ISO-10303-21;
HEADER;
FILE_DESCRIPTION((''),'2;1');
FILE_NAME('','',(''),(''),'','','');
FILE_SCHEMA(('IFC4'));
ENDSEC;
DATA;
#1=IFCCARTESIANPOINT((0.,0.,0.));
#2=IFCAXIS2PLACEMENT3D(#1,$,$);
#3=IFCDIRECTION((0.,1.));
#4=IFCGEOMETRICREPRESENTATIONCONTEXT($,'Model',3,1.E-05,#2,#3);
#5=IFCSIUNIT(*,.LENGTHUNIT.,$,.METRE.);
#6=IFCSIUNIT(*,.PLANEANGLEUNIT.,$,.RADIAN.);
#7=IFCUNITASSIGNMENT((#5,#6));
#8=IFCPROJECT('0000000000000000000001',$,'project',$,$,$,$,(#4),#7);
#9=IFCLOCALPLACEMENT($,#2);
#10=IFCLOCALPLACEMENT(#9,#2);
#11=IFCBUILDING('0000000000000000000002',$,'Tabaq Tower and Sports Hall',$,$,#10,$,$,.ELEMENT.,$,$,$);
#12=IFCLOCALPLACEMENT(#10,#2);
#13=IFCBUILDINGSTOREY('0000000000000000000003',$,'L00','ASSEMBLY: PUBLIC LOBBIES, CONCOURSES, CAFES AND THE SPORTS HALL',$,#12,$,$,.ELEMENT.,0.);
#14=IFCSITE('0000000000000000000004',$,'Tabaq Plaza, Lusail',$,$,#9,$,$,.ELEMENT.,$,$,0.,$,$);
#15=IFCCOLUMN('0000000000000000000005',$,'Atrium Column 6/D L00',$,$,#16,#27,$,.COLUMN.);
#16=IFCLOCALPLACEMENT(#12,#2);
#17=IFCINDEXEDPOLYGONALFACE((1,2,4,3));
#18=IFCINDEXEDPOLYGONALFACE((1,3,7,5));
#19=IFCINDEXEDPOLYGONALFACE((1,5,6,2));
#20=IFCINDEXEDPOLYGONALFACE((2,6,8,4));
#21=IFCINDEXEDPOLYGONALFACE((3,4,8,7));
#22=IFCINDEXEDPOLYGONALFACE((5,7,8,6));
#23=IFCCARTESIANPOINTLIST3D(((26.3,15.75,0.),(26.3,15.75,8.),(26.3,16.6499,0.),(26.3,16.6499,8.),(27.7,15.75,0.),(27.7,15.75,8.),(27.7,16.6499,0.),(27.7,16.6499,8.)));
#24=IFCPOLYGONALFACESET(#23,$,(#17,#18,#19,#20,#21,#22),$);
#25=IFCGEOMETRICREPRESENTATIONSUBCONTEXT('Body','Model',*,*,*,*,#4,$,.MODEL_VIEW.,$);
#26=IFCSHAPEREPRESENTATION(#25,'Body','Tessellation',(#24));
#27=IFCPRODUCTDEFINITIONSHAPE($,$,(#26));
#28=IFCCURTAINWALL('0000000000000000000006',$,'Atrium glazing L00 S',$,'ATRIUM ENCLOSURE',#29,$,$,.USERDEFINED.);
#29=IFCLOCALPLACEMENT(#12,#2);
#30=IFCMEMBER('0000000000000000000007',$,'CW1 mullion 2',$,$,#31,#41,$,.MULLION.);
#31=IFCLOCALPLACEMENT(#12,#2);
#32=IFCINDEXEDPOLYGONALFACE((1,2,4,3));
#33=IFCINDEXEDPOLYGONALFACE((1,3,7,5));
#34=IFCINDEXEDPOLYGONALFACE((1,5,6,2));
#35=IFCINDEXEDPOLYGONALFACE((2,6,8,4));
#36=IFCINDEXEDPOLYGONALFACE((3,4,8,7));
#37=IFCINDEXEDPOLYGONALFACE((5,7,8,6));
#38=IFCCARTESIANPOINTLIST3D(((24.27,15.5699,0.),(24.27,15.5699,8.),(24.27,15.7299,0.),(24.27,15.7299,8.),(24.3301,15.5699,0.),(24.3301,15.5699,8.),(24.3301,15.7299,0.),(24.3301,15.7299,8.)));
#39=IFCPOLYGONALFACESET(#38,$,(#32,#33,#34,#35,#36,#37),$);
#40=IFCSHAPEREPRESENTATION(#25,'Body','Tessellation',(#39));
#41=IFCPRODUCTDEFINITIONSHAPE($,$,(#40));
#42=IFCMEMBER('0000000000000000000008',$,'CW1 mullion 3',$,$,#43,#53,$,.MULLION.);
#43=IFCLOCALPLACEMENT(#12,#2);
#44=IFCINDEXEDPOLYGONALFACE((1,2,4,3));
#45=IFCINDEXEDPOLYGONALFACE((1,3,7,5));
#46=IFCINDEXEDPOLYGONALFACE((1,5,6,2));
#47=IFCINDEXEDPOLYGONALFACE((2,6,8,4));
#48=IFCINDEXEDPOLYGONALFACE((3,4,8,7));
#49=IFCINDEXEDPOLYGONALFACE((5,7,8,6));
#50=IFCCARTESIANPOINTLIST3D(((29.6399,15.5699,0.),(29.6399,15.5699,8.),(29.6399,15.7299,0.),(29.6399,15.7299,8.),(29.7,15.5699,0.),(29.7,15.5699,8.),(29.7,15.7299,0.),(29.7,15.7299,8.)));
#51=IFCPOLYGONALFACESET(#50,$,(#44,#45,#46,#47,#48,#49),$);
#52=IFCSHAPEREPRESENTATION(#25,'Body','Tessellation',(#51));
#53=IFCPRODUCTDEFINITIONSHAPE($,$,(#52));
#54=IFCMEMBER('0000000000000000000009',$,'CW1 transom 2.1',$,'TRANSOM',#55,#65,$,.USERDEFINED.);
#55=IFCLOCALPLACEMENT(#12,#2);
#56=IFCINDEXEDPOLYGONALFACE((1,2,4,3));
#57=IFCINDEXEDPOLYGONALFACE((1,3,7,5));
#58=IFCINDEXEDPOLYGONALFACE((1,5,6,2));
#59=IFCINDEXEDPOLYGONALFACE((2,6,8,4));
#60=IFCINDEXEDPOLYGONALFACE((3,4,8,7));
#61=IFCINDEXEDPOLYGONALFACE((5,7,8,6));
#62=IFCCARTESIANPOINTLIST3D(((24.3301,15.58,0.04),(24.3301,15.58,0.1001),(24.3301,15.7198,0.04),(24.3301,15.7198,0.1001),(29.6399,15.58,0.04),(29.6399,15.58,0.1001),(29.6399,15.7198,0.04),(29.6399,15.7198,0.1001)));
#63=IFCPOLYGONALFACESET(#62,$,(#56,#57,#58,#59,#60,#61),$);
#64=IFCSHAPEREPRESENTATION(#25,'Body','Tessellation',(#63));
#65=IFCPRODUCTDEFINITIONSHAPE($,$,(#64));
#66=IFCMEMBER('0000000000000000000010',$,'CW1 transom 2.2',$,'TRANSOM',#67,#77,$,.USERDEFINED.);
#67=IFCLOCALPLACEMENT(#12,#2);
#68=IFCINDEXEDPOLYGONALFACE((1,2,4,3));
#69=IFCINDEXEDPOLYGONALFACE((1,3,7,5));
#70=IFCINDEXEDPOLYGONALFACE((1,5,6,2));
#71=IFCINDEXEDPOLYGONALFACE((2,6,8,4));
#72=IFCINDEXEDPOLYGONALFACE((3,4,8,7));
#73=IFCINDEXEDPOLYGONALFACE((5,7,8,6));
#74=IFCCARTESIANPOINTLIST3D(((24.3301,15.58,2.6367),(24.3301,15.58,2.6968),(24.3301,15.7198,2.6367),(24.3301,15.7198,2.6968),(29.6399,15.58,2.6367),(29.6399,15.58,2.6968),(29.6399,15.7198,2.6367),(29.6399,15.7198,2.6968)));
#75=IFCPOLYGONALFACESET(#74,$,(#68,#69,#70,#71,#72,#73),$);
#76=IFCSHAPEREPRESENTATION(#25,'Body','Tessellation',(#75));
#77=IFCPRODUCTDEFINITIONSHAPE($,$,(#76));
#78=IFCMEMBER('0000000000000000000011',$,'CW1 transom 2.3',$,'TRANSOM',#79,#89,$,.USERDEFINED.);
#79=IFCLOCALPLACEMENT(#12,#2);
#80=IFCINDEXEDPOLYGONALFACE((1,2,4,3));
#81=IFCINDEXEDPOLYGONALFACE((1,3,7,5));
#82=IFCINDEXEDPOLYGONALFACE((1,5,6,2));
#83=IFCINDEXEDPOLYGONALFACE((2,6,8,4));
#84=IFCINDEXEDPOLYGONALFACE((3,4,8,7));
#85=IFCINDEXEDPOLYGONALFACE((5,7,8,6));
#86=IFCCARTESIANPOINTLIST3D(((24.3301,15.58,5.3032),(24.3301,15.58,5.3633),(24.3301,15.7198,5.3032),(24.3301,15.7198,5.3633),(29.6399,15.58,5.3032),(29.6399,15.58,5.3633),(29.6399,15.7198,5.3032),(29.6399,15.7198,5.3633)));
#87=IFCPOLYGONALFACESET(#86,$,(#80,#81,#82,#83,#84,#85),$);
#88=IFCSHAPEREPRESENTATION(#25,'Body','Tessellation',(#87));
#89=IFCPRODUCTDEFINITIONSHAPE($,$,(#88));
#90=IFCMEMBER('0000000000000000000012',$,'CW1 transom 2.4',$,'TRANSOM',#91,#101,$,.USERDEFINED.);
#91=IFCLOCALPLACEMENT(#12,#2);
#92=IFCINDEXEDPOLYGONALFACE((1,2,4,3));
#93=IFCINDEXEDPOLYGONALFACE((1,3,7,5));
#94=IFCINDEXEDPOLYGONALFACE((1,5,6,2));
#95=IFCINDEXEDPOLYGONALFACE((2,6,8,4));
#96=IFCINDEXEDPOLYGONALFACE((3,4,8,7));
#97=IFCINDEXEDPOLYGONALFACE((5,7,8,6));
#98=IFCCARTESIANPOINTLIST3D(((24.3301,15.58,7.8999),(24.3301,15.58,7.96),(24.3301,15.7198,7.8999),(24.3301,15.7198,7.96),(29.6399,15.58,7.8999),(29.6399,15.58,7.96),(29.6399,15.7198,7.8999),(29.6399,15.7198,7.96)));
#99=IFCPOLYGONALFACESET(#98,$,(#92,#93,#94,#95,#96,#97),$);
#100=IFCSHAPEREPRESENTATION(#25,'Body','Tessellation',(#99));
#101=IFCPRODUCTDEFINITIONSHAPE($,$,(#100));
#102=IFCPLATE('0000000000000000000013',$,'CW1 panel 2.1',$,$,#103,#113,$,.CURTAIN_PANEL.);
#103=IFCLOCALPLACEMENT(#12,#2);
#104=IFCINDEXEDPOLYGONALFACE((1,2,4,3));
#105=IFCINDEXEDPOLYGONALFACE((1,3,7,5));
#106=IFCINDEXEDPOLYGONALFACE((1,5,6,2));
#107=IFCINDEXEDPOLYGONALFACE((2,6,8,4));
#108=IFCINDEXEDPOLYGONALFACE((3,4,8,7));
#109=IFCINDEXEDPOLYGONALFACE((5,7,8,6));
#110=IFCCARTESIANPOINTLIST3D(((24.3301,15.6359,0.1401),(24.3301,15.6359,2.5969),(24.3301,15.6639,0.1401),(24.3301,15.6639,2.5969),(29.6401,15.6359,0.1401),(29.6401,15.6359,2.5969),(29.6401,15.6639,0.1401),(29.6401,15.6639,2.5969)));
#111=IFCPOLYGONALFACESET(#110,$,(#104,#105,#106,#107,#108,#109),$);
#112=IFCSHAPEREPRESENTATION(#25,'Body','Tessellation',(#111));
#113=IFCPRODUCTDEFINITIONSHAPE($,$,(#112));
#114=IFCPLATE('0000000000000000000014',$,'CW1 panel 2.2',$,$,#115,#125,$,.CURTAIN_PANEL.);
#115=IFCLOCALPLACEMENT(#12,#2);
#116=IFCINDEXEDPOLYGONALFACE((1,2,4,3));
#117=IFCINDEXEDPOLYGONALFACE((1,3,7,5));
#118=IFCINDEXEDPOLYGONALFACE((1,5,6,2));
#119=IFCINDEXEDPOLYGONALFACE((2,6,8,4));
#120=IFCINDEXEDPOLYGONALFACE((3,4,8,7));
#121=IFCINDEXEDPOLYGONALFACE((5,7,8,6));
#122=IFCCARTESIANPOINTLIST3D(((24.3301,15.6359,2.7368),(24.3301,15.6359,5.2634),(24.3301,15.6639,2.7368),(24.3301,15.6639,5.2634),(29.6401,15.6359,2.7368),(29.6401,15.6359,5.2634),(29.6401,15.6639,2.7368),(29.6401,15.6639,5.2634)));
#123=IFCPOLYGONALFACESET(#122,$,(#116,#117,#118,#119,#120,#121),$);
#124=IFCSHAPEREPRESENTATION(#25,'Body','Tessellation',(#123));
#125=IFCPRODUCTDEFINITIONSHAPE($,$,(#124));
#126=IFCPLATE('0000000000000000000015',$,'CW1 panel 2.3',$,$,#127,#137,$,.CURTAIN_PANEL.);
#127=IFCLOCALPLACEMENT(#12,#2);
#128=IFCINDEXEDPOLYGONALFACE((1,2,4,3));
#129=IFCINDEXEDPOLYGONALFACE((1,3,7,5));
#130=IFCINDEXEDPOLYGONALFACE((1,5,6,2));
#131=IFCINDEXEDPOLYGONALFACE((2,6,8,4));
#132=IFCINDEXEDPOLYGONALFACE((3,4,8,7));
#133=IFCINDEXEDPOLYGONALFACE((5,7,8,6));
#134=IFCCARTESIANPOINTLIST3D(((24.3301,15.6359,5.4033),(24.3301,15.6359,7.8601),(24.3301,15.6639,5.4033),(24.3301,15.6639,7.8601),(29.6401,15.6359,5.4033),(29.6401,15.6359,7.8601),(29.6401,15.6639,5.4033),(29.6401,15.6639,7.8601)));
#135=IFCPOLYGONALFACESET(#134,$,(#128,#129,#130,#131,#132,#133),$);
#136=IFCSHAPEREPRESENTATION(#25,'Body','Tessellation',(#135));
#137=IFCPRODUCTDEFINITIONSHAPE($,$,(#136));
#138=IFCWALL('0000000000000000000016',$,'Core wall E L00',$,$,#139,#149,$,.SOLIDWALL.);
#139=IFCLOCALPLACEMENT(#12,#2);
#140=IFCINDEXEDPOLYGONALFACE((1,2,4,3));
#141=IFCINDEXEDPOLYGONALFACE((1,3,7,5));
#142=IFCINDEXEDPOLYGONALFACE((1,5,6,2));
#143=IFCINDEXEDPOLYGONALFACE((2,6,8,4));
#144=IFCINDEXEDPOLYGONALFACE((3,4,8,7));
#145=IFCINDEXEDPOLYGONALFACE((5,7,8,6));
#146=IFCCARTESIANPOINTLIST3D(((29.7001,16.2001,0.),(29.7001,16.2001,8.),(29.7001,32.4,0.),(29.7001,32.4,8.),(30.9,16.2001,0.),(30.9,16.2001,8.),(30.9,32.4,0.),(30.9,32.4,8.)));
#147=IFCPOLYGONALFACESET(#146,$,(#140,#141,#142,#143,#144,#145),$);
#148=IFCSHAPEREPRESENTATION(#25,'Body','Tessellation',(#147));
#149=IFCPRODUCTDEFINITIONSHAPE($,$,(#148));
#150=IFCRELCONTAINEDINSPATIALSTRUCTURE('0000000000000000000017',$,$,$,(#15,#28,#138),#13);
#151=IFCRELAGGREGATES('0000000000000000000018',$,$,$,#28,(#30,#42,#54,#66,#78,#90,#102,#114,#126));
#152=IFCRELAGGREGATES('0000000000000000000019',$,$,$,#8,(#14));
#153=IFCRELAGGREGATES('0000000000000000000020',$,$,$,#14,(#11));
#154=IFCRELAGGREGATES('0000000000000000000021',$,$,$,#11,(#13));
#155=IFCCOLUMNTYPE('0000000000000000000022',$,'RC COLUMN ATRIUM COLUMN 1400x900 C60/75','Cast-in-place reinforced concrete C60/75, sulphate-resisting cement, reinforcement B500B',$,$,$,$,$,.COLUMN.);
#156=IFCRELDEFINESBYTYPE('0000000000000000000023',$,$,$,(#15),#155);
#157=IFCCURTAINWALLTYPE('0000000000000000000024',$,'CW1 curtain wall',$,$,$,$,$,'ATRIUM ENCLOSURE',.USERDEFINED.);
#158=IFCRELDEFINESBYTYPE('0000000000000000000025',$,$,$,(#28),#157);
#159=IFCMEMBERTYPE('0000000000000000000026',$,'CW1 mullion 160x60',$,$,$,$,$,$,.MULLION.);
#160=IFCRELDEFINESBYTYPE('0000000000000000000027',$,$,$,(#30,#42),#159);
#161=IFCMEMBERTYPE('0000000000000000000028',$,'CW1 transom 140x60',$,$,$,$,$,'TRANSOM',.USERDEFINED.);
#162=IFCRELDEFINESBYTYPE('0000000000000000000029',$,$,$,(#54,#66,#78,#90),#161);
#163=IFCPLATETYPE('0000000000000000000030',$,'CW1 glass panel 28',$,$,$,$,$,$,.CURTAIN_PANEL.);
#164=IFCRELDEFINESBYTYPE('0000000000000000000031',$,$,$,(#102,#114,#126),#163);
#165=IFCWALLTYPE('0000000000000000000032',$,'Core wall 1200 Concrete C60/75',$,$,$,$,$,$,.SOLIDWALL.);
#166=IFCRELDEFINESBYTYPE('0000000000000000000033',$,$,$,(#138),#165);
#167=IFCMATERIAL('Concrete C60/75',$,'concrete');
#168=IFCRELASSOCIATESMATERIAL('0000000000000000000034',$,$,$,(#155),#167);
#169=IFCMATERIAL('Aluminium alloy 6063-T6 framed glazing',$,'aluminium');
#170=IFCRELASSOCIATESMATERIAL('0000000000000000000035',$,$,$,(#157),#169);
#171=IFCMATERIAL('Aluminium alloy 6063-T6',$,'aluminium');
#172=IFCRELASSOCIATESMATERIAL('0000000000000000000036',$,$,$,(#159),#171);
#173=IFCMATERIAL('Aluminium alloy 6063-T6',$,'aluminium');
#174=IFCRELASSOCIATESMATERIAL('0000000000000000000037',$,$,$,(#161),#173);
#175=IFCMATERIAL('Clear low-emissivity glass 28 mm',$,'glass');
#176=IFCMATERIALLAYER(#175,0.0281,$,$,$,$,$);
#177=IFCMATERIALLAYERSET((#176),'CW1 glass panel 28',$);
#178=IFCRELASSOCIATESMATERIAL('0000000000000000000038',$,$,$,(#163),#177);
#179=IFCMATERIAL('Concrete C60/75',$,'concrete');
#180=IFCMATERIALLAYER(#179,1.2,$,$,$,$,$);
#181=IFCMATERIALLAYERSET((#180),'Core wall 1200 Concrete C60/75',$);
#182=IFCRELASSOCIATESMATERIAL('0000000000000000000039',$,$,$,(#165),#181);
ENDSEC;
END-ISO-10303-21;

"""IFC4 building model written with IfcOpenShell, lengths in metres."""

from ifc_helpers import new_model, si_unit, direction, frame, frame_2d, origin, origin_2d, place, context, subcontext, project, spatial, rectangle, extrude, material, layer, layer_set, material_profile, profile_set, type_object, element, aggregate, save


model = new_model("IFC4")

# Units and contexts
model_context = context("Model", 3, precision=1e-05, world=origin(), true_north=direction((0.0, 1.0)))
body_context = subcontext(model_context, "Body", "Model", "MODEL_VIEW")
ifc_project = project(units=[si_unit("LENGTHUNIT", "METRE"), si_unit("PLANEANGLEUNIT", "RADIAN")], contexts=[model_context])

# Site, building, storey
site_placement = place(None, origin())
site = spatial("IfcSite", under=ifc_project, at=site_placement, Name="Tabaq Plaza, Lusail", CompositionType="ELEMENT", RefElevation=0.0)
building_placement = place(site_placement, origin())
building = spatial("IfcBuilding", under=site, at=building_placement, Name="Tabaq Tower and Sports Hall", CompositionType="ELEMENT")
storey_placement = place(building_placement, origin())
storey = spatial("IfcBuildingStorey", under=building, at=storey_placement, Name="L00", Description="ASSEMBLY: PUBLIC LOBBIES, CONCOURSES, CAFES AND THE SPORTS HALL", CompositionType="ELEMENT", Elevation=0.0)

# Column
ifc_material_1 = material(Name="Concrete C60/75", Category="concrete")
ifc_material_profile_1 = material_profile(ifc_material_1, rectangle(XDim=1.3999, YDim=0.8999, at=origin_2d()), Name="ATRIUM COLUMN 1400x900")
ifc_profile_set_1 = profile_set([ifc_material_profile_1], Name="Concrete C60/75")
column_type = type_object("IfcColumnType", Name="RC COLUMN ATRIUM COLUMN 1400x900 C60/75", Description="Cast-in-place reinforced concrete C60/75, sulphate-resisting cement, reinforcement B500B", PredefinedType="COLUMN", material=ifc_profile_set_1)
column_placement = place(storey_placement, frame((27.0, 16.2, 0.0), z_axis=(0.0, 0.0, 1.0), x_axis=(1.0, 0.0, 0.0)))
element("IfcColumn", 1, at=column_placement, inside=storey, type_object=column_type, Name="Atrium Column 6/D L00", PredefinedType="COLUMN", context=body_context, shape_type="SweptSolid", body=[
    extrude(rectangle(XDim=1.3999, YDim=0.8999, at=origin_2d()), origin(), (0.0, 0.0, 1.0), 8.0),
])

# Curtain wall, members, plates
ifc_material_2 = material(Name="Aluminium alloy 6063-T6 framed glazing", Category="aluminium")
curtain_wall_type = type_object("IfcCurtainWallType", Name="CW1 curtain wall", ElementType="ATRIUM ENCLOSURE", PredefinedType="USERDEFINED", material=ifc_material_2)
curtain_wall_placement = place(storey_placement, origin())
curtain_wall = element("IfcCurtainWall", 2, at=curtain_wall_placement, inside=storey, type_object=curtain_wall_type, Name="Atrium glazing L00 S", ObjectType="ATRIUM ENCLOSURE", PredefinedType="USERDEFINED")
ifc_material_3 = material(Name="Aluminium alloy 6063-T6", Category="aluminium")
ifc_material_profile_2 = material_profile(ifc_material_3, rectangle(XDim=0.1599, YDim=0.0601, at=origin_2d()), Name="MULLION 160x60")
ifc_profile_set_2 = profile_set([ifc_material_profile_2], Name="Aluminium alloy 6063-T6")
member_type_1 = type_object("IfcMemberType", Name="CW1 mullion 160x60", PredefinedType="MULLION", material=ifc_profile_set_2)
member_1_placement = place(storey_placement, frame((24.3, 15.6499, 0.0), z_axis=(0.0, 0.0, 1.0), x_axis=(0.0, 1.0, 0.0)))
member_1 = element("IfcMember", 3, at=member_1_placement, type_object=member_type_1, Name="CW1 mullion 2", PredefinedType="MULLION", context=body_context, shape_type="SweptSolid", body=[
    extrude(rectangle(XDim=0.1599, YDim=0.0601, at=origin_2d()), origin(), (0.0, 0.0, 1.0), 8.0),
])
member_2_placement = place(storey_placement, frame((29.6699, 15.6499, 0.0), z_axis=(0.0, 0.0, 1.0), x_axis=(0.0, 1.0, 0.0)))
member_2 = element("IfcMember", 4, at=member_2_placement, type_object=member_type_1, Name="CW1 mullion 3", PredefinedType="MULLION", context=body_context, shape_type="SweptSolid", body=[
    extrude(rectangle(XDim=0.1599, YDim=0.0601, at=origin_2d()), origin(), (0.0, 0.0, 1.0), 8.0),
])
ifc_material_4 = material(Name="Aluminium alloy 6063-T6", Category="aluminium")
ifc_material_profile_3 = material_profile(ifc_material_4, rectangle(XDim=0.1399, YDim=0.0601, at=origin_2d()), Name="TRANSOM 140x60")
ifc_profile_set_3 = profile_set([ifc_material_profile_3], Name="Aluminium alloy 6063-T6")
member_type_2 = type_object("IfcMemberType", Name="CW1 transom 140x60", ElementType="TRANSOM", PredefinedType="USERDEFINED", material=ifc_profile_set_3)
member_3_placement = place(storey_placement, frame((24.3301, 15.6499, 0.0701), z_axis=(1.0, 0.0, 0.0), x_axis=(0.0, 1.0, 0.0)))
member_3 = element("IfcMember", 5, at=member_3_placement, type_object=member_type_2, Name="CW1 transom 2.1", ObjectType="TRANSOM", PredefinedType="USERDEFINED", context=body_context, shape_type="SweptSolid", body=[
    extrude(rectangle(XDim=0.1399, YDim=0.0601, at=origin_2d()), origin(), (0.0, 0.0, 1.0), 5.3098),
])
member_4_placement = place(storey_placement, frame((24.3301, 15.6499, 2.6667), z_axis=(1.0, 0.0, 0.0), x_axis=(0.0, 1.0, 0.0)))
member_4 = element("IfcMember", 6, at=member_4_placement, type_object=member_type_2, Name="CW1 transom 2.2", ObjectType="TRANSOM", PredefinedType="USERDEFINED", context=body_context, shape_type="SweptSolid", body=[
    extrude(rectangle(XDim=0.1399, YDim=0.0601, at=origin_2d()), origin(), (0.0, 0.0, 1.0), 5.3098),
])
member_5_placement = place(storey_placement, frame((24.3301, 15.6499, 5.3333), z_axis=(1.0, 0.0, 0.0), x_axis=(0.0, 1.0, 0.0)))
member_5 = element("IfcMember", 7, at=member_5_placement, type_object=member_type_2, Name="CW1 transom 2.3", ObjectType="TRANSOM", PredefinedType="USERDEFINED", context=body_context, shape_type="SweptSolid", body=[
    extrude(rectangle(XDim=0.1399, YDim=0.0601, at=origin_2d()), origin(), (0.0, 0.0, 1.0), 5.3098),
])
member_6_placement = place(storey_placement, frame((24.3301, 15.6499, 7.9299), z_axis=(1.0, 0.0, 0.0), x_axis=(0.0, 1.0, 0.0)))
member_6 = element("IfcMember", 8, at=member_6_placement, type_object=member_type_2, Name="CW1 transom 2.4", ObjectType="TRANSOM", PredefinedType="USERDEFINED", context=body_context, shape_type="SweptSolid", body=[
    extrude(rectangle(XDim=0.1399, YDim=0.0601, at=origin_2d()), origin(), (0.0, 0.0, 1.0), 5.3098),
])
ifc_material_5 = material(Name="Clear low-emissivity glass 28 mm", Category="glass")
ifc_layer_1 = layer(ifc_material_5, 0.0281)
ifc_layer_set_1 = layer_set([ifc_layer_1], Name="CW1 glass panel 28")
plate_type = type_object("IfcPlateType", Name="CW1 glass panel 28", PredefinedType="CURTAIN_PANEL", material=ifc_layer_set_1)
plate_1_placement = place(storey_placement, frame((26.9851, 15.6499, 0.1401), z_axis=(0.0, 0.0, 1.0), x_axis=(1.0, 0.0, 0.0)))
plate_1 = element("IfcPlate", 9, at=plate_1_placement, type_object=plate_type, Name="CW1 panel 2.1", PredefinedType="CURTAIN_PANEL", context=body_context, shape_type="SweptSolid", body=[
    extrude(rectangle(XDim=5.3101, YDim=0.0281, at=origin_2d()), origin(), (0.0, 0.0, 1.0), 2.4568),
])
plate_2_placement = place(storey_placement, frame((26.9851, 15.6499, 2.7368), z_axis=(0.0, 0.0, 1.0), x_axis=(1.0, 0.0, 0.0)))
plate_2 = element("IfcPlate", 10, at=plate_2_placement, type_object=plate_type, Name="CW1 panel 2.2", PredefinedType="CURTAIN_PANEL", context=body_context, shape_type="SweptSolid", body=[
    extrude(rectangle(XDim=5.3101, YDim=0.0281, at=origin_2d()), origin(), (0.0, 0.0, 1.0), 2.5266),
])
plate_3_placement = place(storey_placement, frame((26.9851, 15.6499, 5.4033), z_axis=(0.0, 0.0, 1.0), x_axis=(1.0, 0.0, 0.0)))
plate_3 = element("IfcPlate", 11, at=plate_3_placement, type_object=plate_type, Name="CW1 panel 2.3", PredefinedType="CURTAIN_PANEL", context=body_context, shape_type="SweptSolid", body=[
    extrude(rectangle(XDim=5.3101, YDim=0.0281, at=origin_2d()), origin(), (0.0, 0.0, 1.0), 2.4568),
])
aggregate(curtain_wall, [member_1, member_2, member_3, member_4, member_5, member_6, plate_1, plate_2, plate_3])

# Wall
ifc_material_6 = material(Name="Concrete C60/75", Category="concrete")
ifc_layer_2 = layer(ifc_material_6, 1.2)
ifc_layer_set_2 = layer_set([ifc_layer_2], Name="Core wall 1200 Concrete C60/75")
wall_type = type_object("IfcWallType", Name="Core wall 1200 Concrete C60/75", PredefinedType="SOLIDWALL", material=ifc_layer_set_2)
wall_placement = place(storey_placement, frame((30.3, 16.2, 0.0), z_axis=(0.0, 0.0, 1.0), x_axis=(0.0, 1.0, 0.0)))
element("IfcWall", 12, at=wall_placement, inside=storey, type_object=wall_type, Name="Core wall E L00", PredefinedType="SOLIDWALL", context=body_context, shape_type="SweptSolid", body=[
    extrude(rectangle(XDim=16.2, YDim=1.2, at=frame_2d((8.1001, 0.0))), origin(), (0.0, 0.0, 1.0), 8.0),
])

save(model, "model.ifc")
